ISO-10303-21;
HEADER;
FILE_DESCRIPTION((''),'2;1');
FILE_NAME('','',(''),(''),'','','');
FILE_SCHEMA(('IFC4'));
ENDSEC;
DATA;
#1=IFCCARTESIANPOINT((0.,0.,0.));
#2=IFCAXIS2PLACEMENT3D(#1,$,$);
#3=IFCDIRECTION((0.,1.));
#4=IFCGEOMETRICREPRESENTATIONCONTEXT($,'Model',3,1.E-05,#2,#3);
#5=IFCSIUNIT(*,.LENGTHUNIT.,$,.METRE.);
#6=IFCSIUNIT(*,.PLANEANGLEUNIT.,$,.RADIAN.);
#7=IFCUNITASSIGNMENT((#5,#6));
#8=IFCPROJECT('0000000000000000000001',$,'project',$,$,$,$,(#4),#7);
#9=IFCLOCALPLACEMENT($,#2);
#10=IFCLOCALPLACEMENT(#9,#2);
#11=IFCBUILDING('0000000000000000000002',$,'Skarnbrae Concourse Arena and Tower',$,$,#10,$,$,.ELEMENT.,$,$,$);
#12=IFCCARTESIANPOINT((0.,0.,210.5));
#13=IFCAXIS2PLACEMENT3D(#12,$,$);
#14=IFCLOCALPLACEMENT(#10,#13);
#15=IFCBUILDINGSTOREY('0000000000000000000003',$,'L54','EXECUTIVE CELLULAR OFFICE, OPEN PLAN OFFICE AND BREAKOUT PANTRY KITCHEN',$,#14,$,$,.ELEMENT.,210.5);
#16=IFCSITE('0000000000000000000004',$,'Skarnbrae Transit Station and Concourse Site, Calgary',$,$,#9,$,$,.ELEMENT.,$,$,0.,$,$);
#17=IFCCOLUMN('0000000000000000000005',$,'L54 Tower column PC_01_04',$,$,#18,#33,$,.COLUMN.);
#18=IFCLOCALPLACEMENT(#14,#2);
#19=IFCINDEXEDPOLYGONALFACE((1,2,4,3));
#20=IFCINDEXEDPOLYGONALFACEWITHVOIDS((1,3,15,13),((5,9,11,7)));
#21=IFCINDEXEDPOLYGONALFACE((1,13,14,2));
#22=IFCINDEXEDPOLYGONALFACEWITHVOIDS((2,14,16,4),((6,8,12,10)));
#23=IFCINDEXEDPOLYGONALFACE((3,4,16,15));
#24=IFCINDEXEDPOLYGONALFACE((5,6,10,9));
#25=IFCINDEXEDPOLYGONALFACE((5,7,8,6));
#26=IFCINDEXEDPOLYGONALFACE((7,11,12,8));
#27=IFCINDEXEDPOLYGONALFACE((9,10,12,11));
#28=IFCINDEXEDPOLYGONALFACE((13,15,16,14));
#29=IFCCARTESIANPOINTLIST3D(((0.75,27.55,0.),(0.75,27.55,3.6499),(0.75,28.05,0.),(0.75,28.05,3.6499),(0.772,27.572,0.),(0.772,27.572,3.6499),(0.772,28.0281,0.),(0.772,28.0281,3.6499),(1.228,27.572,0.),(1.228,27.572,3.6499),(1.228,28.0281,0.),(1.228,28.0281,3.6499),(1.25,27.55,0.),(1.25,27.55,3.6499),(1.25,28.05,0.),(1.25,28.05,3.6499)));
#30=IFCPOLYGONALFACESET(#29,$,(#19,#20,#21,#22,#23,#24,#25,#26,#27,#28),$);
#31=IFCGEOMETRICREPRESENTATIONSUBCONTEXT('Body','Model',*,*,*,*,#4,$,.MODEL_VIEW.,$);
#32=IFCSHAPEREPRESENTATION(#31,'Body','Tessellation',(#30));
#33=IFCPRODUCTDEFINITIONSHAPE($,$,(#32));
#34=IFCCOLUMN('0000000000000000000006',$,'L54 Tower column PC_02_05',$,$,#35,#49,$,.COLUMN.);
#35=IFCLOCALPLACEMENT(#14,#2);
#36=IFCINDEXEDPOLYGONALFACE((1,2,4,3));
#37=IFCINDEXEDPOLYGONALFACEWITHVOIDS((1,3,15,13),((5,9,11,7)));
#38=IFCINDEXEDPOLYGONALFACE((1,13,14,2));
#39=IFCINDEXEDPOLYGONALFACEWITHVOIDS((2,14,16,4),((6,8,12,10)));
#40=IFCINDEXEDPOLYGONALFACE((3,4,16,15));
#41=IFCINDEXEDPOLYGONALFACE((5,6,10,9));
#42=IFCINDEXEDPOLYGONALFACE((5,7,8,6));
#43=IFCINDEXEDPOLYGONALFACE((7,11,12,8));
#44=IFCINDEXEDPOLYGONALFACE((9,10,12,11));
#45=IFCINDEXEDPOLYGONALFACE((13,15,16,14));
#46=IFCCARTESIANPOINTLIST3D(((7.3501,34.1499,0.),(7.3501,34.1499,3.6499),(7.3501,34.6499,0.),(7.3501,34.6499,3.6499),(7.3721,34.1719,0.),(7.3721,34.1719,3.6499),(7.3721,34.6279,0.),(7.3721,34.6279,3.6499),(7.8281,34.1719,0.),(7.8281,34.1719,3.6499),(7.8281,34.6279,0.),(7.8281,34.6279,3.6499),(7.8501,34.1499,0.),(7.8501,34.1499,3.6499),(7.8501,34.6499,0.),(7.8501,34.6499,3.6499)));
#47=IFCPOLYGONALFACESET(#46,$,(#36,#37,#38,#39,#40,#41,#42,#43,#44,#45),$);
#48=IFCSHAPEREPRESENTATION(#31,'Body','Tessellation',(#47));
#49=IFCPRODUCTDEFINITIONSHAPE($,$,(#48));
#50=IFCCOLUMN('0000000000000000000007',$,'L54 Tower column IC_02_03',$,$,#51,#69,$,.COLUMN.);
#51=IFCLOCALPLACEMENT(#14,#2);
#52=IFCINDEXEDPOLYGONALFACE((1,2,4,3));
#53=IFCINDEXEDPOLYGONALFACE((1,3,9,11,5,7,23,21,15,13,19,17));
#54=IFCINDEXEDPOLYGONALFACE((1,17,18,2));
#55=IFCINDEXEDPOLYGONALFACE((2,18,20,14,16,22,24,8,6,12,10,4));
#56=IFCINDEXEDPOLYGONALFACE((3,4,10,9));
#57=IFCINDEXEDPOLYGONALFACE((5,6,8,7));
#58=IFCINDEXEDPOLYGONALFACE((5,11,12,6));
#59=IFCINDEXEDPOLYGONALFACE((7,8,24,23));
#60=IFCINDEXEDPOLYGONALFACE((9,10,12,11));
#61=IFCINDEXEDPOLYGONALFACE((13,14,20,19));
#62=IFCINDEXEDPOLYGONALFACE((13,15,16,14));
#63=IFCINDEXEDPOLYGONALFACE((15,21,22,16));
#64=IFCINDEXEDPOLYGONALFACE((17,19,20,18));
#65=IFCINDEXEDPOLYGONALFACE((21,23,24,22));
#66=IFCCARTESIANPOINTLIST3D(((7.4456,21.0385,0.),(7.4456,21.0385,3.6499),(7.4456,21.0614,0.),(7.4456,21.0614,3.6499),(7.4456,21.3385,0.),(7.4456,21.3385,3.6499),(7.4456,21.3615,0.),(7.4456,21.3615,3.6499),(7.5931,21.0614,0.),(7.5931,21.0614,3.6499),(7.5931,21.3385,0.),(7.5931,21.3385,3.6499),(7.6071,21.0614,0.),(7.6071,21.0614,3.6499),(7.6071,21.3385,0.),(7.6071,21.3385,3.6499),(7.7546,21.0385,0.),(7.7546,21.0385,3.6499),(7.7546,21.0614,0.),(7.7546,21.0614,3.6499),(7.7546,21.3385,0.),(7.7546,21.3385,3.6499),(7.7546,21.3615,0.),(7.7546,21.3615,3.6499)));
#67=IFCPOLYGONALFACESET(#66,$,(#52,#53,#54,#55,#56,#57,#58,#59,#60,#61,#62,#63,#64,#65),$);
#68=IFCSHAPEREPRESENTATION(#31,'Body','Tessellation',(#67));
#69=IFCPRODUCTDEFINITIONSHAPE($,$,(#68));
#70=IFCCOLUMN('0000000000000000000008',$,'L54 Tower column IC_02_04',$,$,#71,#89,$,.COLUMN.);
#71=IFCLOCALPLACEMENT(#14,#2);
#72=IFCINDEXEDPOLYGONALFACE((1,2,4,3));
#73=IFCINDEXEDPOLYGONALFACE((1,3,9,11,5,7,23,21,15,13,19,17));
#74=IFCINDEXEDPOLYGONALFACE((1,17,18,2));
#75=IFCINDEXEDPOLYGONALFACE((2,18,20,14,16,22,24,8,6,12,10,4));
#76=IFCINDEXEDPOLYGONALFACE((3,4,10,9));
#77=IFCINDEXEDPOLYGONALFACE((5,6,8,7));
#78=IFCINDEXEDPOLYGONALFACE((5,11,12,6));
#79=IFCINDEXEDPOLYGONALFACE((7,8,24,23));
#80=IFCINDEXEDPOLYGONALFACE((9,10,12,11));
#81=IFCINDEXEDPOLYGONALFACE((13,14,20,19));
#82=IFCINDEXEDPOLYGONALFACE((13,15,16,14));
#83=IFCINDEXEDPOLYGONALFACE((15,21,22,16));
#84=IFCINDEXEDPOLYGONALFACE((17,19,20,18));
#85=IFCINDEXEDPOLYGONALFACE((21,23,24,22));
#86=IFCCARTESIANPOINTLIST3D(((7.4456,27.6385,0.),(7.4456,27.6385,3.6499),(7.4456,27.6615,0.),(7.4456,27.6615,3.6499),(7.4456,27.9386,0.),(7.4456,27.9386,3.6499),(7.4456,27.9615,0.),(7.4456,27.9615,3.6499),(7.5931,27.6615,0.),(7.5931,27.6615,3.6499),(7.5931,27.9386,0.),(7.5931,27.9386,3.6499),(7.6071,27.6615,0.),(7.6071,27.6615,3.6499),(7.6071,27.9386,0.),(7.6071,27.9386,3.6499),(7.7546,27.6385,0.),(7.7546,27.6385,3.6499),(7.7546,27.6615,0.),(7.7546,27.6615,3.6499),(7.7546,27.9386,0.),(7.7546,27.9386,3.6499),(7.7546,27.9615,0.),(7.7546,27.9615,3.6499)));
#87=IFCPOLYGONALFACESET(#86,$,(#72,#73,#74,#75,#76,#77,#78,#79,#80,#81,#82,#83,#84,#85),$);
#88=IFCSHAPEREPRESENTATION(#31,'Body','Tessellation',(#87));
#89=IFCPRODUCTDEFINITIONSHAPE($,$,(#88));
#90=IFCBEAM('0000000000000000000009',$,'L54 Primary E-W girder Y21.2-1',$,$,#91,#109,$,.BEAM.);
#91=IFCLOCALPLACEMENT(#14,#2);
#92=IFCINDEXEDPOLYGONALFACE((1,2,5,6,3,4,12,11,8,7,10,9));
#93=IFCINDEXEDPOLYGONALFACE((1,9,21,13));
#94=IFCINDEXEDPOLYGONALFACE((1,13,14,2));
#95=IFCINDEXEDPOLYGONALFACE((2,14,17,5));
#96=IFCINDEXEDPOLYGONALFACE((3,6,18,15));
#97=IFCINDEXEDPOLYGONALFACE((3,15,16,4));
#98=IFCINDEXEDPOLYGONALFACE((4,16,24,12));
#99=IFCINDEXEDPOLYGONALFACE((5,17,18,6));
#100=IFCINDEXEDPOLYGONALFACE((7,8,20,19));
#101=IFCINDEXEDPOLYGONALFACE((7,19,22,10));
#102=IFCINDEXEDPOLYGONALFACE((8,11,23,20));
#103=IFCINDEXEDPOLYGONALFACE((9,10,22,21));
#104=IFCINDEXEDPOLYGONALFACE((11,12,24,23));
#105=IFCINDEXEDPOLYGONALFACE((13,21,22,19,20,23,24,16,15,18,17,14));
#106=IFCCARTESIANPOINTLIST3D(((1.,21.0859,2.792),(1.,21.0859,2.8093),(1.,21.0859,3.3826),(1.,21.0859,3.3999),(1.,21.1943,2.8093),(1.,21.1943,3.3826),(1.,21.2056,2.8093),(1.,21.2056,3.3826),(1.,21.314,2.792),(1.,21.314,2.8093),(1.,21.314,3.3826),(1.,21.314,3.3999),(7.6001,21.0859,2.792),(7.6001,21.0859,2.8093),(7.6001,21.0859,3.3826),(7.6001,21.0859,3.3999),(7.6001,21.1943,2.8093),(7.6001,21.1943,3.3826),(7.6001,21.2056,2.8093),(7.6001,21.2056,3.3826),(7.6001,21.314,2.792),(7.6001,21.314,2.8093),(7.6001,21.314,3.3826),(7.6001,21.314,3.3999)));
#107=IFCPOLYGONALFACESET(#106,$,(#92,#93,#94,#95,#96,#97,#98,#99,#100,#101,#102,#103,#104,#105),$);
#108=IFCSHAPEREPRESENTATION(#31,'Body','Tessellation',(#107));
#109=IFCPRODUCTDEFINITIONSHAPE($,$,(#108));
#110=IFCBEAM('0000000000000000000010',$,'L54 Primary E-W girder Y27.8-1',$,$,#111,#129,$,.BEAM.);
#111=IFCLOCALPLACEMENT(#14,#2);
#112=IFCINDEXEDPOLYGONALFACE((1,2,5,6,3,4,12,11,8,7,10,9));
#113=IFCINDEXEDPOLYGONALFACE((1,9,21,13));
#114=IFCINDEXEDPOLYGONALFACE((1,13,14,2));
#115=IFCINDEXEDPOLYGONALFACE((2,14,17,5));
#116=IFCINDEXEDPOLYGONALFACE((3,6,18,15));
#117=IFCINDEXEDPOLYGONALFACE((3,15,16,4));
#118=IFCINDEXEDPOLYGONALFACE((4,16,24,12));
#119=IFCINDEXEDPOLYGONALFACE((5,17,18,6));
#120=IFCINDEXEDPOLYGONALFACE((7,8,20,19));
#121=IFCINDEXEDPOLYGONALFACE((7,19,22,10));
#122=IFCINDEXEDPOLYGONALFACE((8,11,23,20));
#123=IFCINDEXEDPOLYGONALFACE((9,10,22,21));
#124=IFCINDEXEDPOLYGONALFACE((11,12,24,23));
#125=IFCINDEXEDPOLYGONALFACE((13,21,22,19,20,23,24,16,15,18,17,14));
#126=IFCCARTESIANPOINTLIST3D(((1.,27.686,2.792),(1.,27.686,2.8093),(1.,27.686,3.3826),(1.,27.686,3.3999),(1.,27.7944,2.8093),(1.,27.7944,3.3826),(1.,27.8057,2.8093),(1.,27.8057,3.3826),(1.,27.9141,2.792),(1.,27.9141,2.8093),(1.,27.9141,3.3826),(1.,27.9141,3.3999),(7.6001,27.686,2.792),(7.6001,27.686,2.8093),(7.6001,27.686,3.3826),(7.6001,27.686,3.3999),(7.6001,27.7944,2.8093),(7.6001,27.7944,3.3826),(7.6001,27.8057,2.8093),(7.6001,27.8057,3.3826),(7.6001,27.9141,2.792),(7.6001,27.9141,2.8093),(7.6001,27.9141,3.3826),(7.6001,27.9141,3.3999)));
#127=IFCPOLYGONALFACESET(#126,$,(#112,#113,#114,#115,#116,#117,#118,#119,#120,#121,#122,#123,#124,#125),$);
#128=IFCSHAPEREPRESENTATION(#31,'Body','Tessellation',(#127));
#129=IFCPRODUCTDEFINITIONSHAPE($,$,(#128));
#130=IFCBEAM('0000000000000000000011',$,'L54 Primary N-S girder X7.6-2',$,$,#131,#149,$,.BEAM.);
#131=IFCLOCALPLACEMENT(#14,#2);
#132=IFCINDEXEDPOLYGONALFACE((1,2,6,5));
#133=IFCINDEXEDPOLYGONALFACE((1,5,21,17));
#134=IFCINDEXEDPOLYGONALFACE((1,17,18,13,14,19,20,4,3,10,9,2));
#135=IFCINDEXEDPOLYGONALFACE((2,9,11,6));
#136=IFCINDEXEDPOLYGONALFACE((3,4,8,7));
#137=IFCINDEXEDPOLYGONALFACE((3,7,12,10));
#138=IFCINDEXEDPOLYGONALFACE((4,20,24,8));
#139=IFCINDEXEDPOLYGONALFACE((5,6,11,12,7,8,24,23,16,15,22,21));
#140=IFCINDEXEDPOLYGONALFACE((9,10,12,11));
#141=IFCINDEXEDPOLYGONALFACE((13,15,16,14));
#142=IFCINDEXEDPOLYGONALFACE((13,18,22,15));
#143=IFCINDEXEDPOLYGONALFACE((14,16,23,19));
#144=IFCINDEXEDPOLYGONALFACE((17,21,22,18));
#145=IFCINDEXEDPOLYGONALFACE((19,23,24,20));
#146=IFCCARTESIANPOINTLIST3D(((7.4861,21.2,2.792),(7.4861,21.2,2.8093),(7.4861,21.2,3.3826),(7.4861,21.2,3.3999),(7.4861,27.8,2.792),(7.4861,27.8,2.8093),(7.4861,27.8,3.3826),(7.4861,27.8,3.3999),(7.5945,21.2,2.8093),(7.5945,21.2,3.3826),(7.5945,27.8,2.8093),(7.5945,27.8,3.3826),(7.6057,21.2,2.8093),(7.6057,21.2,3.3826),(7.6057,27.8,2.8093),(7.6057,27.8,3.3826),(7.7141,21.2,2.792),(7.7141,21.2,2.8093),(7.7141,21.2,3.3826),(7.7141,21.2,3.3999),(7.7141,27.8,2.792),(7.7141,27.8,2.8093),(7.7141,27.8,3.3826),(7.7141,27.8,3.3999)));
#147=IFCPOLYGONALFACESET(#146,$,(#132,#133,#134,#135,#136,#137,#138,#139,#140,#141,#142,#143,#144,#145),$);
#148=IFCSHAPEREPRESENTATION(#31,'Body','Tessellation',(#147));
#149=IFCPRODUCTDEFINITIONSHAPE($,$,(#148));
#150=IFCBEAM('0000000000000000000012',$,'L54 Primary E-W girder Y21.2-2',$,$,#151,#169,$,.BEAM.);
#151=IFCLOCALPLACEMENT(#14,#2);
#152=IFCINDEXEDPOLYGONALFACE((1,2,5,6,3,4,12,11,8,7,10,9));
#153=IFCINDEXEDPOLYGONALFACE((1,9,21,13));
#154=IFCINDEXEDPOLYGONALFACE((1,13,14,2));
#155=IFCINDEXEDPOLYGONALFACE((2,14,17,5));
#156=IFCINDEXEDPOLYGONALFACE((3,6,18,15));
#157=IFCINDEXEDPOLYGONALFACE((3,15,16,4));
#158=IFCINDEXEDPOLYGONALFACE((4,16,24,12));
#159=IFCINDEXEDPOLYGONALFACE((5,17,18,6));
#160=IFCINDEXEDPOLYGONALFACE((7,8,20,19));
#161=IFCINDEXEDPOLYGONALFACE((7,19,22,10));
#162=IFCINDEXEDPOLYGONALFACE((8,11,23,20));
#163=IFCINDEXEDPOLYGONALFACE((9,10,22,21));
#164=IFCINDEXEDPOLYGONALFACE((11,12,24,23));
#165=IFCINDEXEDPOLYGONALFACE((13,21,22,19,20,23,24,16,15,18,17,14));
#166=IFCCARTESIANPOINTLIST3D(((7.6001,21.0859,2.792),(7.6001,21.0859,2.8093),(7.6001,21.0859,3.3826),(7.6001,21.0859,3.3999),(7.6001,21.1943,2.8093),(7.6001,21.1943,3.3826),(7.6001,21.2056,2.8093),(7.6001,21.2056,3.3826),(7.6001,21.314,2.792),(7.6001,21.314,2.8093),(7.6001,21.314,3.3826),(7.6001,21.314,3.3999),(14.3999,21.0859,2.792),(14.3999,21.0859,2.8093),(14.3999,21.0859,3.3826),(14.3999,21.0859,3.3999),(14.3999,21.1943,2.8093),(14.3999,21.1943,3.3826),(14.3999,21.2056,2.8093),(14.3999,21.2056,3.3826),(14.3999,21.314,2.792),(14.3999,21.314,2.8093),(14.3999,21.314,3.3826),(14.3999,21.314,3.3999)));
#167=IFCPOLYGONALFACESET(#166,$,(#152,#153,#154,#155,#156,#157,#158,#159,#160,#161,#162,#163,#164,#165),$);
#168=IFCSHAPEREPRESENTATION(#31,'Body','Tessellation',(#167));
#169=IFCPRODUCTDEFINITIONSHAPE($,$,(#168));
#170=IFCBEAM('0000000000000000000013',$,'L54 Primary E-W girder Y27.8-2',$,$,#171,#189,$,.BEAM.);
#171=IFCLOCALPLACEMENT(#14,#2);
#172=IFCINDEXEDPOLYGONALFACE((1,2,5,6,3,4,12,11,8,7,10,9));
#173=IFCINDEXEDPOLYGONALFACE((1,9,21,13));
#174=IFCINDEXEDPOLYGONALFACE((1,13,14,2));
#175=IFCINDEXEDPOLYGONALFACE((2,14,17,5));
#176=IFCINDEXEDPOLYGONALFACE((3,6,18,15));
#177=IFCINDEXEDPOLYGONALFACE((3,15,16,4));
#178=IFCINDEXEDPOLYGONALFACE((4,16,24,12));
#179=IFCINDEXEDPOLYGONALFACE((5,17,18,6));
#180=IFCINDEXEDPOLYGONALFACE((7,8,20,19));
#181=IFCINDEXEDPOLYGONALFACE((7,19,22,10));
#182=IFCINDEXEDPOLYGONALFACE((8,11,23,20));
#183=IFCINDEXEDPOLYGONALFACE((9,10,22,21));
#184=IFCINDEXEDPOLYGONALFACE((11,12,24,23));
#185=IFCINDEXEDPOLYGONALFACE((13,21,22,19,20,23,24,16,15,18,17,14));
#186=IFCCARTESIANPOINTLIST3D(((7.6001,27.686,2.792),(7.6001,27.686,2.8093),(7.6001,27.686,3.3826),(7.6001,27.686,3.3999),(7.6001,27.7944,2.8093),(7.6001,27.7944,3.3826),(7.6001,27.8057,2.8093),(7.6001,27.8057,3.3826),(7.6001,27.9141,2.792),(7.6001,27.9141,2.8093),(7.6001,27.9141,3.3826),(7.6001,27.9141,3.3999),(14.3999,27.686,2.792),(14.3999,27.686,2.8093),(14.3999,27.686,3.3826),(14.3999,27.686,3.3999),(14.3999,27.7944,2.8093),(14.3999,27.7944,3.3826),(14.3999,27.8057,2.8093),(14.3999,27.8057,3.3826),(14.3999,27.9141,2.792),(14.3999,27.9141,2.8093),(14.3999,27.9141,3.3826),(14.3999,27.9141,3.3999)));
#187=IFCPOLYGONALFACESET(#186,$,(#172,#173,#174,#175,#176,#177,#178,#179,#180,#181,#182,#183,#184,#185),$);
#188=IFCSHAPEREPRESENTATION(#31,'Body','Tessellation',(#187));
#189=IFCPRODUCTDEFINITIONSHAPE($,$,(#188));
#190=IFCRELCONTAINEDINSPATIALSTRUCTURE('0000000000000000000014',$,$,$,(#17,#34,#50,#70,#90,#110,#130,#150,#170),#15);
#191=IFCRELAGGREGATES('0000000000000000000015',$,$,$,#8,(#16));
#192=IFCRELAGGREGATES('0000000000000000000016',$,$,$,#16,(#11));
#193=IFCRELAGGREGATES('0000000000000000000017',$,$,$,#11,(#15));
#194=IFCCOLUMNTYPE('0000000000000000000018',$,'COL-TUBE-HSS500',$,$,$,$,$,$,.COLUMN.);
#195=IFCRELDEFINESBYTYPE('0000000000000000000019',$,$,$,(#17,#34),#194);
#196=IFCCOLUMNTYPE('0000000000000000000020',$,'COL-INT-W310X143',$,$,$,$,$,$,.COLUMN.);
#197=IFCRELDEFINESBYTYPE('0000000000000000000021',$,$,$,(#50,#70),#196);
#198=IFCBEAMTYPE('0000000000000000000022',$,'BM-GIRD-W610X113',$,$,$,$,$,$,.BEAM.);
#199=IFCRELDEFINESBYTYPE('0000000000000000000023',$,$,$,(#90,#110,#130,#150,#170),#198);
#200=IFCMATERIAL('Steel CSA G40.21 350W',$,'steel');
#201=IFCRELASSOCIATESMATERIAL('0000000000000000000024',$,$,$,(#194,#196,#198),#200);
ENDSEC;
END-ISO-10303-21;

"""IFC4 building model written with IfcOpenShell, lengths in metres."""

from ifc_helpers import new_model, si_unit, direction, frame, origin, origin_2d, place, context, subcontext, project, spatial, hollow_rectangle, i_section, extrude, source, transform, mapped, material, material_profile, profile_set, type_object, element, save


model = new_model("IFC4")

# Units and contexts
model_context = context("Model", 3, precision=1e-05, world=origin(), true_north=direction((0.0, 1.0)))
body_context = subcontext(model_context, "Body", "Model", "MODEL_VIEW")
ifc_project = project(units=[si_unit("LENGTHUNIT", "METRE"), si_unit("PLANEANGLEUNIT", "RADIAN")], contexts=[model_context])

# Site, building, storey
site_placement = place(None, origin())
site = spatial("IfcSite", under=ifc_project, at=site_placement, Name="Skarnbrae Transit Station and Concourse Site, Calgary", CompositionType="ELEMENT", RefElevation=0.0)
building_placement = place(site_placement, origin())
building = spatial("IfcBuilding", under=site, at=building_placement, Name="Skarnbrae Concourse Arena and Tower", CompositionType="ELEMENT")
storey_placement = place(building_placement, frame((0.0, 0.0, 210.5)))
storey = spatial("IfcBuildingStorey", under=building, at=storey_placement, Name="L54", Description="EXECUTIVE CELLULAR OFFICE, OPEN PLAN OFFICE AND BREAKOUT PANTRY KITCHEN", CompositionType="ELEMENT", Elevation=210.5)

# Columns
ifc_material_1 = material(Name="Steel CSA G40.21 350W", Category="steel")
ifc_material_profile_1 = material_profile(ifc_material_1, hollow_rectangle(XDim=0.5, YDim=0.5, WallThickness=0.022, at=origin_2d()), Name="HSS500X500X22.0")
ifc_profile_set_1 = profile_set([ifc_material_profile_1], Name="Steel CSA G40.21 350W")
column_type_1 = type_object("IfcColumnType", Name="COL-TUBE-HSS500", PredefinedType="COLUMN", material=ifc_profile_set_1)
shared_shape_1 = source(origin(), body_context, "Body", "SweptSolid", [
    extrude(hollow_rectangle(XDim=0.5, YDim=0.5, WallThickness=0.022, at=origin_2d()), origin(), (0.0, 0.0, 1.0), 3.6499),
])
for number, where, z_axis, x_axis, name in (
    (1, (1.0, 27.8, 0.0), (0.0, 0.0, 1.0), (1.0, 0.0, 0.0), "L54 Tower column PC_01_04"),
    (2, (7.6001, 34.3999, 0.0), (0.0, 0.0, 1.0), (1.0, 0.0, 0.0), "L54 Tower column PC_02_05"),
):
    element("IfcColumn", number, at=place(storey_placement, frame(where, z_axis=z_axis, x_axis=x_axis)), inside=storey, type_object=column_type_1, Name=name, PredefinedType="COLUMN", context=body_context, shape_type="MappedRepresentation", body=[
        mapped(shared_shape_1, transform((0.0, 0.0, 0.0))),
    ])
ifc_material_profile_2 = material_profile(ifc_material_1, i_section(OverallWidth=0.3091, OverallDepth=0.323, WebThickness=0.0139, FlangeThickness=0.0229, at=origin_2d()), Name="W310X143")
ifc_profile_set_2 = profile_set([ifc_material_profile_2], Name="Steel CSA G40.21 350W")
column_type_2 = type_object("IfcColumnType", Name="COL-INT-W310X143", PredefinedType="COLUMN", material=ifc_profile_set_2)
shared_shape_2 = source(origin(), body_context, "Body", "SweptSolid", [
    extrude(i_section(OverallWidth=0.3091, OverallDepth=0.323, WebThickness=0.0139, FlangeThickness=0.0229, at=origin_2d()), origin(), (0.0, 0.0, 1.0), 3.6499),
])
for number, where, z_axis, x_axis, name in (
    (3, (7.6001, 21.2, 0.0), (0.0, 0.0, 1.0), (1.0, 0.0, 0.0), "L54 Tower column IC_02_03"),
    (4, (7.6001, 27.8, 0.0), (0.0, 0.0, 1.0), (1.0, 0.0, 0.0), "L54 Tower column IC_02_04"),
):
    element("IfcColumn", number, at=place(storey_placement, frame(where, z_axis=z_axis, x_axis=x_axis)), inside=storey, type_object=column_type_2, Name=name, PredefinedType="COLUMN", context=body_context, shape_type="MappedRepresentation", body=[
        mapped(shared_shape_2, transform((0.0, 0.0, 0.0))),
    ])

# Beams
ifc_material_profile_3 = material_profile(ifc_material_1, i_section(OverallWidth=0.228, OverallDepth=0.6079, WebThickness=0.0112, FlangeThickness=0.0173, at=origin_2d()), Name="W610X113")
ifc_profile_set_3 = profile_set([ifc_material_profile_3], Name="Steel CSA G40.21 350W")
beam_type_1 = type_object("IfcBeamType", Name="BM-GIRD-W610X113", PredefinedType="BEAM", material=ifc_profile_set_3)
shared_shape_3 = source(origin(), body_context, "Body", "SweptSolid", [
    extrude(i_section(OverallWidth=0.228, OverallDepth=0.6079, WebThickness=0.0112, FlangeThickness=0.0173, at=origin_2d()), origin(), (0.0, 0.0, 1.0), 6.6001),
])
for number, where, z_axis, x_axis, name in (
    (5, (1.0, 21.2, 3.0959), (1.0, 0.0, 0.0), (0.0, 1.0, 0.0), "L54 Primary E-W girder Y21.2-1"),
    (6, (1.0, 27.8, 3.0959), (1.0, 0.0, 0.0), (0.0, 1.0, 0.0), "L54 Primary E-W girder Y27.8-1"),
    (7, (7.6001, 21.2, 3.0959), (0.0, 1.0, 0.0), (-1.0, 0.0, 0.0), "L54 Primary N-S girder X7.6-2"),
):
    element("IfcBeam", number, at=place(storey_placement, frame(where, z_axis=z_axis, x_axis=x_axis)), inside=storey, type_object=beam_type_1, Name=name, PredefinedType="BEAM", context=body_context, shape_type="MappedRepresentation", body=[
        mapped(shared_shape_3, transform((0.0, 0.0, 0.0))),
    ])
shared_shape_4 = source(origin(), body_context, "Body", "SweptSolid", [
    extrude(i_section(OverallWidth=0.228, OverallDepth=0.6079, WebThickness=0.0112, FlangeThickness=0.0173, at=origin_2d()), origin(), (0.0, 0.0, 1.0), 6.7998),
])
for number, where, z_axis, x_axis, name in (
    (8, (7.6001, 21.2, 3.0959), (1.0, 0.0, 0.0), (0.0, 1.0, 0.0), "L54 Primary E-W girder Y21.2-2"),
    (9, (7.6001, 27.8, 3.0959), (1.0, 0.0, 0.0), (0.0, 1.0, 0.0), "L54 Primary E-W girder Y27.8-2"),
):
    element("IfcBeam", number, at=place(storey_placement, frame(where, z_axis=z_axis, x_axis=x_axis)), inside=storey, type_object=beam_type_1, Name=name, PredefinedType="BEAM", context=body_context, shape_type="MappedRepresentation", body=[
        mapped(shared_shape_4, transform((0.0, 0.0, 0.0))),
    ])

save(model, "model.ifc")
